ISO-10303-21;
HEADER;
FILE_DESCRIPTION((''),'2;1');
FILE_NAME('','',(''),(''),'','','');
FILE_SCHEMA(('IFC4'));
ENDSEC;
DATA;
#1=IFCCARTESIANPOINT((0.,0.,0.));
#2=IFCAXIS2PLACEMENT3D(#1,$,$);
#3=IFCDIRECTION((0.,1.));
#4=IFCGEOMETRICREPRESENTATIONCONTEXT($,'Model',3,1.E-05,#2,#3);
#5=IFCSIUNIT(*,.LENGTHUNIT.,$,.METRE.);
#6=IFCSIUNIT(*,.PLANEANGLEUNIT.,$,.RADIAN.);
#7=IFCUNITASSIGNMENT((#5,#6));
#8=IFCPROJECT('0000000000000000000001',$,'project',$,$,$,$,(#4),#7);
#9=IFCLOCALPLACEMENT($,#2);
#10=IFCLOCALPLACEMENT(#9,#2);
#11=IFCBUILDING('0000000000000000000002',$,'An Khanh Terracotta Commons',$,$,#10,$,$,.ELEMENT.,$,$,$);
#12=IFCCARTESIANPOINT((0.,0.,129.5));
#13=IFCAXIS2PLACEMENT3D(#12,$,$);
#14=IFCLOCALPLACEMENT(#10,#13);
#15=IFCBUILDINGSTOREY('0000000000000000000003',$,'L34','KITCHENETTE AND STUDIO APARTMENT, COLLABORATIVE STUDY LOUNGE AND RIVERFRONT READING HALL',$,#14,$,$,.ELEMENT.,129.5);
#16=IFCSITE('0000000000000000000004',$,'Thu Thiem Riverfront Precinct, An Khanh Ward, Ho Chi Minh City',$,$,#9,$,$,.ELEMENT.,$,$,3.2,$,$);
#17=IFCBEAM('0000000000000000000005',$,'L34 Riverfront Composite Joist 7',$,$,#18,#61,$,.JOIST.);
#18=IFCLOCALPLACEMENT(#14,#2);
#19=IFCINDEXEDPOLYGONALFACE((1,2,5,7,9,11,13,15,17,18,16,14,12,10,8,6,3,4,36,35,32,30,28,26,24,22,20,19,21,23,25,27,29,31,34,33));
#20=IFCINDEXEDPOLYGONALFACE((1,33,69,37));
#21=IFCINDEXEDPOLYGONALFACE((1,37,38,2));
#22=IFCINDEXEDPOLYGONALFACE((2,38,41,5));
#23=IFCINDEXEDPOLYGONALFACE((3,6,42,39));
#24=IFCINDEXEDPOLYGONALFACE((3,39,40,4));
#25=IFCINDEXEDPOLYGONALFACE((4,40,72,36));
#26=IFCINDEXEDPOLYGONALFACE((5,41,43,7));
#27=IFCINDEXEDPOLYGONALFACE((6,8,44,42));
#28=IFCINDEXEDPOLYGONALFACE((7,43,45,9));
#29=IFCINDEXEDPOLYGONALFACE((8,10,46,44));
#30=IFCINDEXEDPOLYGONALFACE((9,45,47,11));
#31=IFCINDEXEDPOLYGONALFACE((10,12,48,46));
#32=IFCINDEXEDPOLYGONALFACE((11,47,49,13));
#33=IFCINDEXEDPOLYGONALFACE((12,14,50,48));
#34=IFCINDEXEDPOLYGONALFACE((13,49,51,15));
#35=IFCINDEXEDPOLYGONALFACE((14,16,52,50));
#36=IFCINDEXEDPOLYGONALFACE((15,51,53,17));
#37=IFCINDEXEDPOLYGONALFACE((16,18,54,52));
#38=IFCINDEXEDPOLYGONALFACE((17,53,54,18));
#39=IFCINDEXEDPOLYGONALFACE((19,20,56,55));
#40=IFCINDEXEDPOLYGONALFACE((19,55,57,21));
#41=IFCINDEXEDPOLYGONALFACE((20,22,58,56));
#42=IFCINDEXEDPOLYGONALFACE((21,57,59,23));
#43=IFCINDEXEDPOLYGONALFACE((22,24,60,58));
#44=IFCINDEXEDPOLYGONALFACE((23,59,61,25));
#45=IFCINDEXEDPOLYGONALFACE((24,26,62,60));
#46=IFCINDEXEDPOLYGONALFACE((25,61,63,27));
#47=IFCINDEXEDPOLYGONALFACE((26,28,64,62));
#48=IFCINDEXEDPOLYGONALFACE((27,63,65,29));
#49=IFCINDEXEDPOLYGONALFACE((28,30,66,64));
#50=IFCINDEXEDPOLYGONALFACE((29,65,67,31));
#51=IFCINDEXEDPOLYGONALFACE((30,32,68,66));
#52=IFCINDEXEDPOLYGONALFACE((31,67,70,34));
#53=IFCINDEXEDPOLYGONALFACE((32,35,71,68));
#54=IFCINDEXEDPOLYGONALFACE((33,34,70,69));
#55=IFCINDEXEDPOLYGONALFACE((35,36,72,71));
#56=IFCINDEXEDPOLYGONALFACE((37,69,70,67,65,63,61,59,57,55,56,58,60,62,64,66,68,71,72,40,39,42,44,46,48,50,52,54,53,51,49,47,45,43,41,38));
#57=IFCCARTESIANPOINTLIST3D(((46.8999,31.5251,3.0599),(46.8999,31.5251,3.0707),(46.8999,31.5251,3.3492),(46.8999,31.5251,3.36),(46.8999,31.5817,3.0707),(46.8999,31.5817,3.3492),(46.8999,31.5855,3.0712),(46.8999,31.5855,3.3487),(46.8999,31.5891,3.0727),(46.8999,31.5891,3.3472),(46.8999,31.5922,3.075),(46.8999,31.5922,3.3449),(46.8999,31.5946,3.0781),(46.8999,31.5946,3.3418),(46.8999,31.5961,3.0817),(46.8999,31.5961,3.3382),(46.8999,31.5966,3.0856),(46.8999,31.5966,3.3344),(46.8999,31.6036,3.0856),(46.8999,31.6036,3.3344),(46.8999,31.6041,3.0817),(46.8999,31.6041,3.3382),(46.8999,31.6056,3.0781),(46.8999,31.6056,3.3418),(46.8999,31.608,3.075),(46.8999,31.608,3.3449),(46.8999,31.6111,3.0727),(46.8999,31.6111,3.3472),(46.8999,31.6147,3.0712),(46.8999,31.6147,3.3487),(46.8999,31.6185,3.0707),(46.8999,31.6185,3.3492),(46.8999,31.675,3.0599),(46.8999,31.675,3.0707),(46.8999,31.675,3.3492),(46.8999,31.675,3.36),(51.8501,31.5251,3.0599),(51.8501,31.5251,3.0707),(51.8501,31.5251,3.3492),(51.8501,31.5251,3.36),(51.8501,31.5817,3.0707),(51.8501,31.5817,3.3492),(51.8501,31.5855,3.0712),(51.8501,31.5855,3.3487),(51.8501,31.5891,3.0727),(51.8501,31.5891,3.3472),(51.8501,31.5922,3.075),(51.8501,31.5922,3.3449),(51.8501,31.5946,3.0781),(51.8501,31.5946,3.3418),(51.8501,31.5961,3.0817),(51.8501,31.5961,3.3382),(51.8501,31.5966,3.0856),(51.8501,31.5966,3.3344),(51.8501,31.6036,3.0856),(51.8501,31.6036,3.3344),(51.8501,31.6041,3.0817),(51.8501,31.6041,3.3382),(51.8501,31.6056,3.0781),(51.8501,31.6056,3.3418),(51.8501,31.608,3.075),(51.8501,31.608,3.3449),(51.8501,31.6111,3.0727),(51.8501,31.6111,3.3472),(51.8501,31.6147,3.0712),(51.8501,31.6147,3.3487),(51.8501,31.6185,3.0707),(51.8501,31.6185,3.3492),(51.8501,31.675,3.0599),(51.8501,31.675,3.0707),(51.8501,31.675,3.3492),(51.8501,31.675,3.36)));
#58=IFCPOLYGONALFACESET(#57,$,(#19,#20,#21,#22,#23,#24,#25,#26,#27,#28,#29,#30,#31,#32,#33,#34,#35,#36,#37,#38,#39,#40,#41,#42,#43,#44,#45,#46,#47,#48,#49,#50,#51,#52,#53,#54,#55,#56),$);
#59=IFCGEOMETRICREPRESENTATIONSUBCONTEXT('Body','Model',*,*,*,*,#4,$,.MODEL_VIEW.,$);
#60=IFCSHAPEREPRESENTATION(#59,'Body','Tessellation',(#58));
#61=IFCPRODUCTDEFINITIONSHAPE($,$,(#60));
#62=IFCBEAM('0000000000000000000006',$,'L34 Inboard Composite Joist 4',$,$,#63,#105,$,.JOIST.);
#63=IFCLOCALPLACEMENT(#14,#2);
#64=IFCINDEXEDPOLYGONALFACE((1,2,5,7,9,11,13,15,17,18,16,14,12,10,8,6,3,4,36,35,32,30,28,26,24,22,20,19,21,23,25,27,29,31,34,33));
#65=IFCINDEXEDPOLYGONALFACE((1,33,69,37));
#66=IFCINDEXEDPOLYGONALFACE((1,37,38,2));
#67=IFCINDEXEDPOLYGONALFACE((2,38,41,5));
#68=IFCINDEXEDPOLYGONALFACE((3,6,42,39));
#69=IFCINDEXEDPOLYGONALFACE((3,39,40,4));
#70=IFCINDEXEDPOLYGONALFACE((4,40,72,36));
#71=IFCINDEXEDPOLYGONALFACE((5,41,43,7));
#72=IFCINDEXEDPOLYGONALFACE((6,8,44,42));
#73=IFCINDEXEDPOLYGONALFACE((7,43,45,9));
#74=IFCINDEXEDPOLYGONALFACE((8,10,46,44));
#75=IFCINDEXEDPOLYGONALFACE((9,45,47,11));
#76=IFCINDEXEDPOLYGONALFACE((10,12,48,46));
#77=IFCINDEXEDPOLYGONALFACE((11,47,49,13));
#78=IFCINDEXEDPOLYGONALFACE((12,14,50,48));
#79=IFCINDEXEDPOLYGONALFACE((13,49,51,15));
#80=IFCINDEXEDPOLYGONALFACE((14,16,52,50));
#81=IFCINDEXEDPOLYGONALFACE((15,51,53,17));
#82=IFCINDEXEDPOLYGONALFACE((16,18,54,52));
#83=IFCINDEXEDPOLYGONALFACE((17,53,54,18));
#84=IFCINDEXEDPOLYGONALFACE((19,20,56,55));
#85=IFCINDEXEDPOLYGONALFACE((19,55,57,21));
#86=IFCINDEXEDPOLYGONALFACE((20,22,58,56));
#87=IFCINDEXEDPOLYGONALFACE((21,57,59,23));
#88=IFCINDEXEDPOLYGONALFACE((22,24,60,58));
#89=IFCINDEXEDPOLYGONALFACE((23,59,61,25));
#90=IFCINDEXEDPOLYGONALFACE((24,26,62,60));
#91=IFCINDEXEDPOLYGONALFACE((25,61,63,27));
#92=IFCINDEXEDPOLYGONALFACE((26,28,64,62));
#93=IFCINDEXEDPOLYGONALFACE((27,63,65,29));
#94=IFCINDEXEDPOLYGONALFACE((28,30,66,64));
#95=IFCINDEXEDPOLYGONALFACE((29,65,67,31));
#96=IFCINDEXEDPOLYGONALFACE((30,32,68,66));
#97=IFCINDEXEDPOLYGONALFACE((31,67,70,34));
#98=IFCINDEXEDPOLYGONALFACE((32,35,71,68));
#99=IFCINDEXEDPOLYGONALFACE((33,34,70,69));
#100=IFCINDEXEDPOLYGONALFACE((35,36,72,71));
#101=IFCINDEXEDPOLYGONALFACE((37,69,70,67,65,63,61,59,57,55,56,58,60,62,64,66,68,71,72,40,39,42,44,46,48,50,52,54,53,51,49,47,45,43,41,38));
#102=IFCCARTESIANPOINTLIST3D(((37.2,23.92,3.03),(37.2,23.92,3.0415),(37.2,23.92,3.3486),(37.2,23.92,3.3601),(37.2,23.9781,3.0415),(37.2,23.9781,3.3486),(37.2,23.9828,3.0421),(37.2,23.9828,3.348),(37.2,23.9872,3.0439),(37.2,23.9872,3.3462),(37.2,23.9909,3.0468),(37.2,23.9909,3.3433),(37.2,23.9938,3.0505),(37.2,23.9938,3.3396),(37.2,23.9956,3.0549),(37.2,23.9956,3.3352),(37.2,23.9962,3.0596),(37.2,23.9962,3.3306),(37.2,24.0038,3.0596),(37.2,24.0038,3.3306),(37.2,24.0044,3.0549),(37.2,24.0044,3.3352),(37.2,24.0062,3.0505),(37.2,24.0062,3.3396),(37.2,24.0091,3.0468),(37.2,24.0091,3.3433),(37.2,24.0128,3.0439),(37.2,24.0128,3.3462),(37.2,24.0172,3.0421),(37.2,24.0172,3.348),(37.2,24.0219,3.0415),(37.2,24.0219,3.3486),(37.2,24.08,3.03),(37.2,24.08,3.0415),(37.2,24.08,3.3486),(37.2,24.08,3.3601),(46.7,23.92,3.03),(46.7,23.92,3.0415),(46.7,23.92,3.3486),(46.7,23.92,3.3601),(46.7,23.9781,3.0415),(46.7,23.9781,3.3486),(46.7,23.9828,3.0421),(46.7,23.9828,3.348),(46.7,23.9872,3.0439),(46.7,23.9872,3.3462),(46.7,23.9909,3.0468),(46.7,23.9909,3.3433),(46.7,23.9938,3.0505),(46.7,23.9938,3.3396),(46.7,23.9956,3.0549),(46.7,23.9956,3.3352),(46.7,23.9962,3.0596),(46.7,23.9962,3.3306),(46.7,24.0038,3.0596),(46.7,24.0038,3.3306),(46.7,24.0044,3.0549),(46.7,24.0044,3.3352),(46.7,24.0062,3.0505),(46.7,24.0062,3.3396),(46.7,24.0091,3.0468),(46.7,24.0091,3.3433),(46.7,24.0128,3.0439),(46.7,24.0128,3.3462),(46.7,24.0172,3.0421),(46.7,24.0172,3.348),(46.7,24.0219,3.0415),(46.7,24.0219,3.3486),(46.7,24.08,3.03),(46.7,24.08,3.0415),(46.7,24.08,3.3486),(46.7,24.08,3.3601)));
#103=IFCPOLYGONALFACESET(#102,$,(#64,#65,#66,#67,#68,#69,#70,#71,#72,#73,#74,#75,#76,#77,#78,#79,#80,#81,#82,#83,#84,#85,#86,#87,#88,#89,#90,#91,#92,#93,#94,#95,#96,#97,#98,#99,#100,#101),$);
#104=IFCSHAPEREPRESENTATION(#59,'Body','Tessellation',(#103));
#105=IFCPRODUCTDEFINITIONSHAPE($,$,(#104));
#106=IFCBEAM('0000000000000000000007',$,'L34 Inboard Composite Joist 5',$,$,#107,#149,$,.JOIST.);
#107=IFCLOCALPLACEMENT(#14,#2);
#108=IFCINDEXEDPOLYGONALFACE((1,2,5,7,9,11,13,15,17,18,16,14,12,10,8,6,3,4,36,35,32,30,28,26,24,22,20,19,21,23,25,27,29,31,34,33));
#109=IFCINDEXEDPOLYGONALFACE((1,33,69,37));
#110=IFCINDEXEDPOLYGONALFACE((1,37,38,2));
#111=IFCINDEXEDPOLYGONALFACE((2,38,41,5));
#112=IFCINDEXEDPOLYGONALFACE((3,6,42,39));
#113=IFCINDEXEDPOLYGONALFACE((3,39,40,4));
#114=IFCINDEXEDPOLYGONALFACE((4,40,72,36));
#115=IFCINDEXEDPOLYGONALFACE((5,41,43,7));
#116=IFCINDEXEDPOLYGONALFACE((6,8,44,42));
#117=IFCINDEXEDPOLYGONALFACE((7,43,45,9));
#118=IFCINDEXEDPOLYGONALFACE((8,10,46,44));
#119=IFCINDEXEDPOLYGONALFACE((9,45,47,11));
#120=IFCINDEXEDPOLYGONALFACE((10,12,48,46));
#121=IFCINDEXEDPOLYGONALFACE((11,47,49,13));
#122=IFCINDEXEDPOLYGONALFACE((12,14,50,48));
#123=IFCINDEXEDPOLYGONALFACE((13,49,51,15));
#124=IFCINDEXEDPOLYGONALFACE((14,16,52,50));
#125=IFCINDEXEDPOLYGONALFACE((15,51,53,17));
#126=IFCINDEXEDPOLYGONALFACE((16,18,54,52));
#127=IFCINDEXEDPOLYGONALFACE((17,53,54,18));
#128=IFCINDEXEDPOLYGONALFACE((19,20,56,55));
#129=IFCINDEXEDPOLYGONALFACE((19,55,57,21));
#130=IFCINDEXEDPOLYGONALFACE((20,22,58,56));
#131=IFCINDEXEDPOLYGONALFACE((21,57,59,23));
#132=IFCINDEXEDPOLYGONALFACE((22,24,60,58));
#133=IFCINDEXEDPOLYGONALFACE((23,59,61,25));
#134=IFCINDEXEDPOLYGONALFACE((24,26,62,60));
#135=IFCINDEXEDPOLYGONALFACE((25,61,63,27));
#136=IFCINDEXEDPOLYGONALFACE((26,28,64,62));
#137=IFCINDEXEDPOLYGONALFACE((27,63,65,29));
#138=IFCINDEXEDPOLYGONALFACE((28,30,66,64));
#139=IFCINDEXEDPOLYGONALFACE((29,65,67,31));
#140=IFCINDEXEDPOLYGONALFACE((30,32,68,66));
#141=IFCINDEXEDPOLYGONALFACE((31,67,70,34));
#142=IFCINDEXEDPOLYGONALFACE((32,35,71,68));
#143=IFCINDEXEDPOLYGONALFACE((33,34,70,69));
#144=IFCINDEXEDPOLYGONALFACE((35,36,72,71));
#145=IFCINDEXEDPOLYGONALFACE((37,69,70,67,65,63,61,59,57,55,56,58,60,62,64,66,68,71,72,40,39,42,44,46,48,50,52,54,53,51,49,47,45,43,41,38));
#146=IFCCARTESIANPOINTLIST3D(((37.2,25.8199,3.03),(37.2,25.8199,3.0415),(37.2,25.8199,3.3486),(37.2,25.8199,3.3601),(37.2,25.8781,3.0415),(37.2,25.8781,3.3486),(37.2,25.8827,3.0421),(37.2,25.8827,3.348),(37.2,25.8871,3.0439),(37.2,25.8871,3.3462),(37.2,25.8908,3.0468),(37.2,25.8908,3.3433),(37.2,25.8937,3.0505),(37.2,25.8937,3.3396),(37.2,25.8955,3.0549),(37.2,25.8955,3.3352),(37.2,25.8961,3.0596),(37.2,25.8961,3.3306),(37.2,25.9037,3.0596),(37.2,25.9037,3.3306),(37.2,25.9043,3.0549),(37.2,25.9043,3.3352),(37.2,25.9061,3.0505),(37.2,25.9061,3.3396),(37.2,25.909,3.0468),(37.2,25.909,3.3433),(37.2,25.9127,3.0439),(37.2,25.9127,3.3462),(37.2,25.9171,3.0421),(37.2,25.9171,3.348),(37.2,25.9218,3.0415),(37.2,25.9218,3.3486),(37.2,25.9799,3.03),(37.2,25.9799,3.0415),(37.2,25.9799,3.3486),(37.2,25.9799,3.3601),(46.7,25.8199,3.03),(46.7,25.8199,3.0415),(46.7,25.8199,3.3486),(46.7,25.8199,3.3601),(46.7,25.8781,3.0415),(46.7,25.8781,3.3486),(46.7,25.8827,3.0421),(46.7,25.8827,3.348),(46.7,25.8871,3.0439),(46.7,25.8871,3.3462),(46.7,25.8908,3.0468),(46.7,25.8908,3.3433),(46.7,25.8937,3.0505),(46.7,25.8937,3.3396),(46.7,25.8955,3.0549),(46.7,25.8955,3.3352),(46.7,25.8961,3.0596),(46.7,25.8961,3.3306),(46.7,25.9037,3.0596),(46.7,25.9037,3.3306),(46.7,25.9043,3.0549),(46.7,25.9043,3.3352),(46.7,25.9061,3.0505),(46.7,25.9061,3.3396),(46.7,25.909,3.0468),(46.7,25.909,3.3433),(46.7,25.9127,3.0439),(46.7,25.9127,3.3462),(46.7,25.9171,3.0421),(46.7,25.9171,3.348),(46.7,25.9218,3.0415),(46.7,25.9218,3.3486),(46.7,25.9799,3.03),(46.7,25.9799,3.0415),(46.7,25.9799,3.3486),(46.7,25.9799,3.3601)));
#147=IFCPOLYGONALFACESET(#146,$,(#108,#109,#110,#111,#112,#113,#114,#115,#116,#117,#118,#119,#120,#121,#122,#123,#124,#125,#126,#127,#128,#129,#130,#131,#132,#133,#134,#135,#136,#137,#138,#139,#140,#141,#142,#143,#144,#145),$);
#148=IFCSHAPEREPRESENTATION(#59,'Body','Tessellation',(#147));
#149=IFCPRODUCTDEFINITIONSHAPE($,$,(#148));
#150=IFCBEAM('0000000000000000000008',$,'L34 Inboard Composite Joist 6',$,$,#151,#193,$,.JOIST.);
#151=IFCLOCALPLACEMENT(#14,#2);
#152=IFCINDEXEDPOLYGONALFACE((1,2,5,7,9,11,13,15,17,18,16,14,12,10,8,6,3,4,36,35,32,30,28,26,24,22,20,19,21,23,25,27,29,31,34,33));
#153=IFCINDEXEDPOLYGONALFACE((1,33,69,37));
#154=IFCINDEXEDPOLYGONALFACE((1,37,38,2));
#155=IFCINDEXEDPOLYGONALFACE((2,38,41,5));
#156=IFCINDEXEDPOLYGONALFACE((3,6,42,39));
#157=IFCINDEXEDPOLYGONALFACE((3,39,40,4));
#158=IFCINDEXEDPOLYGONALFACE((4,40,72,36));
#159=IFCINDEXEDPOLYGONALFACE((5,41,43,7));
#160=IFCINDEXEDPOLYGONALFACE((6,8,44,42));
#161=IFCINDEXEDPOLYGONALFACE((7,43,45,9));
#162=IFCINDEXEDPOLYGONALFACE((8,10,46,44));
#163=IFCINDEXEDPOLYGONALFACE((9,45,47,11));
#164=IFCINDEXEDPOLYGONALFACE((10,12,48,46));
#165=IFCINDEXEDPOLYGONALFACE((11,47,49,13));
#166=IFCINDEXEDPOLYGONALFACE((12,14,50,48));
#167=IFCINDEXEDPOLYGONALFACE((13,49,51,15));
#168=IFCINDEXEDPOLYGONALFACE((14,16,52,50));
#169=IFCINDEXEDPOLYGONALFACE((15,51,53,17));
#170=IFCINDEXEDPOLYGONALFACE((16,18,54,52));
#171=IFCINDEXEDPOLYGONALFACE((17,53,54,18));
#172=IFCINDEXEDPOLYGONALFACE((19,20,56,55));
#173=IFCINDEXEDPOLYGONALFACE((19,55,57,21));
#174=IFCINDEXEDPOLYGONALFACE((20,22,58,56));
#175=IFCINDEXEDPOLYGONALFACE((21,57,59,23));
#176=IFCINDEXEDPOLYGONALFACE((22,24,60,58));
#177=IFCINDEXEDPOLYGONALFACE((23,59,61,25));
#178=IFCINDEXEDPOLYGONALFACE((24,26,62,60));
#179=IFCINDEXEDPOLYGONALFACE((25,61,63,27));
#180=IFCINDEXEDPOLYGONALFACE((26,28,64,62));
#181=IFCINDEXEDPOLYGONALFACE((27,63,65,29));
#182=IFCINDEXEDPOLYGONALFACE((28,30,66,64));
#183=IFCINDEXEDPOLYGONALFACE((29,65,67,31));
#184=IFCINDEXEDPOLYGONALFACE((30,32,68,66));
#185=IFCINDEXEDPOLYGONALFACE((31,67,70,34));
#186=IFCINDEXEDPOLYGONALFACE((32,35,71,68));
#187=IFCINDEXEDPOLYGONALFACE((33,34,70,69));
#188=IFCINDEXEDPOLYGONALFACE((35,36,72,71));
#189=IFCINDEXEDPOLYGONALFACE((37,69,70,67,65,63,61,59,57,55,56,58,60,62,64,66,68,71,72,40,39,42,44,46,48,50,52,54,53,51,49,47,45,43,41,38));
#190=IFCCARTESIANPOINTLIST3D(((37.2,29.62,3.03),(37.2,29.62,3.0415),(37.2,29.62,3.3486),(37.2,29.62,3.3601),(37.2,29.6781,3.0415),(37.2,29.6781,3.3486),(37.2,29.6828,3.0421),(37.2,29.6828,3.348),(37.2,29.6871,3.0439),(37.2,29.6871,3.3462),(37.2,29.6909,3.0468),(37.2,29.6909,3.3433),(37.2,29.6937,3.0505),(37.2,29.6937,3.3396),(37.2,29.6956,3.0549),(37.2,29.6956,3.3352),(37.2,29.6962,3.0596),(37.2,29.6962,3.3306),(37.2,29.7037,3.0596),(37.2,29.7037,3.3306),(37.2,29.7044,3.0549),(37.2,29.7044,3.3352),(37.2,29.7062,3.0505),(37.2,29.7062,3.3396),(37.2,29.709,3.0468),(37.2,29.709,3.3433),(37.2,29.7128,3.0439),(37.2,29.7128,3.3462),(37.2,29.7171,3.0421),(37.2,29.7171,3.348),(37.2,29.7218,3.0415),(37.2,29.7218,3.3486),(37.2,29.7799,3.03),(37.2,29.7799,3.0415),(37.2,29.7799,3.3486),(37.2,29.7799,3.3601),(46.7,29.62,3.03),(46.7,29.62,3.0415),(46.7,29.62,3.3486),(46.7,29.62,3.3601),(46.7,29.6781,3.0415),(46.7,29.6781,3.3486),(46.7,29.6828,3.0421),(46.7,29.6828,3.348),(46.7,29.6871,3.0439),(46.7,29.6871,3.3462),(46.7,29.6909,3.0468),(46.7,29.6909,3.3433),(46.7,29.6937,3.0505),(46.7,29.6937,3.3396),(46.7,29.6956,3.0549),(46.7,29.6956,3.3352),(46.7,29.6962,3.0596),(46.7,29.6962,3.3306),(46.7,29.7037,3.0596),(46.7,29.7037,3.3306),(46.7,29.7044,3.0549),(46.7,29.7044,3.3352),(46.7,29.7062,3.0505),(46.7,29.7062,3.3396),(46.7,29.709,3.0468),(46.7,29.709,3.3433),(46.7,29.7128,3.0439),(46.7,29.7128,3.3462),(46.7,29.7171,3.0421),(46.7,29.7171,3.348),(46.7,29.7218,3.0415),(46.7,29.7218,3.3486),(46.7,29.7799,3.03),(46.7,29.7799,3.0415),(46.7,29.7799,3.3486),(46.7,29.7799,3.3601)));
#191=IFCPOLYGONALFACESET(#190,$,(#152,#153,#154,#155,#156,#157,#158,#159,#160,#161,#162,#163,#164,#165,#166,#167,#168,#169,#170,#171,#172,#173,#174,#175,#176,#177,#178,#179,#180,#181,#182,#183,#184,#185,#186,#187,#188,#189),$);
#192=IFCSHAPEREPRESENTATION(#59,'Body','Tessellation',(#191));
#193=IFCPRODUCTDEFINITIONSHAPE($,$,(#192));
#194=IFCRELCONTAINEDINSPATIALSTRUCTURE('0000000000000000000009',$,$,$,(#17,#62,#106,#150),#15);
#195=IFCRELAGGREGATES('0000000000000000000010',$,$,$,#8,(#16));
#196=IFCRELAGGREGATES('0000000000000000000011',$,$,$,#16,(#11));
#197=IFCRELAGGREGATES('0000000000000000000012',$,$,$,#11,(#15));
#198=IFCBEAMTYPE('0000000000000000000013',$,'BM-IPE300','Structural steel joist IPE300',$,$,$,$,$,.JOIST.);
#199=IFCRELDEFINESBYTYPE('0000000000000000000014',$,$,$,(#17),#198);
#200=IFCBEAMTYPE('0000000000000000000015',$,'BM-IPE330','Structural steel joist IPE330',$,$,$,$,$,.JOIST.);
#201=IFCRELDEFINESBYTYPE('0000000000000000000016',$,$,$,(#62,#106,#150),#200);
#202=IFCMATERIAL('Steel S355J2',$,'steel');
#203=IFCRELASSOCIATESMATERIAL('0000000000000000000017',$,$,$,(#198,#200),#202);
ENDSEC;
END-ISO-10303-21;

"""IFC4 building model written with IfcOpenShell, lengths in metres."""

from ifc_helpers import new_model, si_unit, direction, frame, origin, origin_2d, place, context, subcontext, project, spatial, i_section, extrude, material, material_profile, profile_set, type_object, element, save


model = new_model("IFC4")

# Units and contexts
model_context = context("Model", 3, precision=1e-05, world=origin(), true_north=direction((0.0, 1.0)))
body_context = subcontext(model_context, "Body", "Model", "MODEL_VIEW")
ifc_project = project(units=[si_unit("LENGTHUNIT", "METRE"), si_unit("PLANEANGLEUNIT", "RADIAN")], contexts=[model_context])

# Site, building, storey
site_placement = place(None, origin())
site = spatial("IfcSite", under=ifc_project, at=site_placement, Name="Thu Thiem Riverfront Precinct, An Khanh Ward, Ho Chi Minh City", CompositionType="ELEMENT", RefElevation=3.2)
building_placement = place(site_placement, origin())
building = spatial("IfcBuilding", under=site, at=building_placement, Name="An Khanh Terracotta Commons", CompositionType="ELEMENT")
storey_placement = place(building_placement, frame((0.0, 0.0, 129.5)))
storey = spatial("IfcBuildingStorey", under=building, at=storey_placement, Name="L34", Description="KITCHENETTE AND STUDIO APARTMENT, COLLABORATIVE STUDY LOUNGE AND RIVERFRONT READING HALL", CompositionType="ELEMENT", Elevation=129.5)

# Beams
ifc_material_1 = material(Name="Steel S355J2", Category="steel")
ifc_material_profile_1 = material_profile(ifc_material_1, i_section(OverallWidth=0.1499, OverallDepth=0.3, WebThickness=0.0071, FlangeThickness=0.0107, FilletRadius=0.0149, at=origin_2d()), Name="IPE300")
ifc_profile_set_1 = profile_set([ifc_material_profile_1], Name="Steel S355J2")
beam_type_1 = type_object("IfcBeamType", Name="BM-IPE300", Description="Structural steel joist IPE300", PredefinedType="JOIST", material=ifc_profile_set_1)
for number, where, z_axis, x_axis, name in (
    (1, (46.8999, 31.6001, 3.21), (1.0, 0.0, 0.0), (0.0, 1.0, 0.0), "L34 Riverfront Composite Joist 7"),
):
    element("IfcBeam", number, at=place(storey_placement, frame(where, z_axis=z_axis, x_axis=x_axis)), inside=storey, type_object=beam_type_1, Name=name, PredefinedType="JOIST", context=body_context, shape_type="SweptSolid", body=[
        extrude(i_section(OverallWidth=0.1499, OverallDepth=0.3, WebThickness=0.0071, FlangeThickness=0.0107, FilletRadius=0.0149, at=origin_2d()), origin(), (0.0, 0.0, 1.0), 4.9502),
    ])
ifc_material_profile_2 = material_profile(ifc_material_1, i_section(OverallWidth=0.1599, OverallDepth=0.3301, WebThickness=0.0076, FlangeThickness=0.0115, FilletRadius=0.0181, at=origin_2d()), Name="IPE330")
ifc_profile_set_2 = profile_set([ifc_material_profile_2], Name="Steel S355J2")
beam_type_2 = type_object("IfcBeamType", Name="BM-IPE330", Description="Structural steel joist IPE330", PredefinedType="JOIST", material=ifc_profile_set_2)
for number, where, z_axis, x_axis, name in (
    (2, (37.2, 24.0, 3.1951), (1.0, 0.0, 0.0), (0.0, 1.0, 0.0), "L34 Inboard Composite Joist 4"),
    (3, (37.2, 25.8999, 3.1951), (1.0, 0.0, 0.0), (0.0, 1.0, 0.0), "L34 Inboard Composite Joist 5"),
    (4, (37.2, 29.7, 3.1951), (1.0, 0.0, 0.0), (0.0, 1.0, 0.0), "L34 Inboard Composite Joist 6"),
):
    element("IfcBeam", number, at=place(storey_placement, frame(where, z_axis=z_axis, x_axis=x_axis)), inside=storey, type_object=beam_type_2, Name=name, PredefinedType="JOIST", context=body_context, shape_type="SweptSolid", body=[
        extrude(i_section(OverallWidth=0.1599, OverallDepth=0.3301, WebThickness=0.0076, FlangeThickness=0.0115, FilletRadius=0.0181, at=origin_2d()), origin(), (0.0, 0.0, 1.0), 9.5),
    ])

save(model, "model.ifc")
